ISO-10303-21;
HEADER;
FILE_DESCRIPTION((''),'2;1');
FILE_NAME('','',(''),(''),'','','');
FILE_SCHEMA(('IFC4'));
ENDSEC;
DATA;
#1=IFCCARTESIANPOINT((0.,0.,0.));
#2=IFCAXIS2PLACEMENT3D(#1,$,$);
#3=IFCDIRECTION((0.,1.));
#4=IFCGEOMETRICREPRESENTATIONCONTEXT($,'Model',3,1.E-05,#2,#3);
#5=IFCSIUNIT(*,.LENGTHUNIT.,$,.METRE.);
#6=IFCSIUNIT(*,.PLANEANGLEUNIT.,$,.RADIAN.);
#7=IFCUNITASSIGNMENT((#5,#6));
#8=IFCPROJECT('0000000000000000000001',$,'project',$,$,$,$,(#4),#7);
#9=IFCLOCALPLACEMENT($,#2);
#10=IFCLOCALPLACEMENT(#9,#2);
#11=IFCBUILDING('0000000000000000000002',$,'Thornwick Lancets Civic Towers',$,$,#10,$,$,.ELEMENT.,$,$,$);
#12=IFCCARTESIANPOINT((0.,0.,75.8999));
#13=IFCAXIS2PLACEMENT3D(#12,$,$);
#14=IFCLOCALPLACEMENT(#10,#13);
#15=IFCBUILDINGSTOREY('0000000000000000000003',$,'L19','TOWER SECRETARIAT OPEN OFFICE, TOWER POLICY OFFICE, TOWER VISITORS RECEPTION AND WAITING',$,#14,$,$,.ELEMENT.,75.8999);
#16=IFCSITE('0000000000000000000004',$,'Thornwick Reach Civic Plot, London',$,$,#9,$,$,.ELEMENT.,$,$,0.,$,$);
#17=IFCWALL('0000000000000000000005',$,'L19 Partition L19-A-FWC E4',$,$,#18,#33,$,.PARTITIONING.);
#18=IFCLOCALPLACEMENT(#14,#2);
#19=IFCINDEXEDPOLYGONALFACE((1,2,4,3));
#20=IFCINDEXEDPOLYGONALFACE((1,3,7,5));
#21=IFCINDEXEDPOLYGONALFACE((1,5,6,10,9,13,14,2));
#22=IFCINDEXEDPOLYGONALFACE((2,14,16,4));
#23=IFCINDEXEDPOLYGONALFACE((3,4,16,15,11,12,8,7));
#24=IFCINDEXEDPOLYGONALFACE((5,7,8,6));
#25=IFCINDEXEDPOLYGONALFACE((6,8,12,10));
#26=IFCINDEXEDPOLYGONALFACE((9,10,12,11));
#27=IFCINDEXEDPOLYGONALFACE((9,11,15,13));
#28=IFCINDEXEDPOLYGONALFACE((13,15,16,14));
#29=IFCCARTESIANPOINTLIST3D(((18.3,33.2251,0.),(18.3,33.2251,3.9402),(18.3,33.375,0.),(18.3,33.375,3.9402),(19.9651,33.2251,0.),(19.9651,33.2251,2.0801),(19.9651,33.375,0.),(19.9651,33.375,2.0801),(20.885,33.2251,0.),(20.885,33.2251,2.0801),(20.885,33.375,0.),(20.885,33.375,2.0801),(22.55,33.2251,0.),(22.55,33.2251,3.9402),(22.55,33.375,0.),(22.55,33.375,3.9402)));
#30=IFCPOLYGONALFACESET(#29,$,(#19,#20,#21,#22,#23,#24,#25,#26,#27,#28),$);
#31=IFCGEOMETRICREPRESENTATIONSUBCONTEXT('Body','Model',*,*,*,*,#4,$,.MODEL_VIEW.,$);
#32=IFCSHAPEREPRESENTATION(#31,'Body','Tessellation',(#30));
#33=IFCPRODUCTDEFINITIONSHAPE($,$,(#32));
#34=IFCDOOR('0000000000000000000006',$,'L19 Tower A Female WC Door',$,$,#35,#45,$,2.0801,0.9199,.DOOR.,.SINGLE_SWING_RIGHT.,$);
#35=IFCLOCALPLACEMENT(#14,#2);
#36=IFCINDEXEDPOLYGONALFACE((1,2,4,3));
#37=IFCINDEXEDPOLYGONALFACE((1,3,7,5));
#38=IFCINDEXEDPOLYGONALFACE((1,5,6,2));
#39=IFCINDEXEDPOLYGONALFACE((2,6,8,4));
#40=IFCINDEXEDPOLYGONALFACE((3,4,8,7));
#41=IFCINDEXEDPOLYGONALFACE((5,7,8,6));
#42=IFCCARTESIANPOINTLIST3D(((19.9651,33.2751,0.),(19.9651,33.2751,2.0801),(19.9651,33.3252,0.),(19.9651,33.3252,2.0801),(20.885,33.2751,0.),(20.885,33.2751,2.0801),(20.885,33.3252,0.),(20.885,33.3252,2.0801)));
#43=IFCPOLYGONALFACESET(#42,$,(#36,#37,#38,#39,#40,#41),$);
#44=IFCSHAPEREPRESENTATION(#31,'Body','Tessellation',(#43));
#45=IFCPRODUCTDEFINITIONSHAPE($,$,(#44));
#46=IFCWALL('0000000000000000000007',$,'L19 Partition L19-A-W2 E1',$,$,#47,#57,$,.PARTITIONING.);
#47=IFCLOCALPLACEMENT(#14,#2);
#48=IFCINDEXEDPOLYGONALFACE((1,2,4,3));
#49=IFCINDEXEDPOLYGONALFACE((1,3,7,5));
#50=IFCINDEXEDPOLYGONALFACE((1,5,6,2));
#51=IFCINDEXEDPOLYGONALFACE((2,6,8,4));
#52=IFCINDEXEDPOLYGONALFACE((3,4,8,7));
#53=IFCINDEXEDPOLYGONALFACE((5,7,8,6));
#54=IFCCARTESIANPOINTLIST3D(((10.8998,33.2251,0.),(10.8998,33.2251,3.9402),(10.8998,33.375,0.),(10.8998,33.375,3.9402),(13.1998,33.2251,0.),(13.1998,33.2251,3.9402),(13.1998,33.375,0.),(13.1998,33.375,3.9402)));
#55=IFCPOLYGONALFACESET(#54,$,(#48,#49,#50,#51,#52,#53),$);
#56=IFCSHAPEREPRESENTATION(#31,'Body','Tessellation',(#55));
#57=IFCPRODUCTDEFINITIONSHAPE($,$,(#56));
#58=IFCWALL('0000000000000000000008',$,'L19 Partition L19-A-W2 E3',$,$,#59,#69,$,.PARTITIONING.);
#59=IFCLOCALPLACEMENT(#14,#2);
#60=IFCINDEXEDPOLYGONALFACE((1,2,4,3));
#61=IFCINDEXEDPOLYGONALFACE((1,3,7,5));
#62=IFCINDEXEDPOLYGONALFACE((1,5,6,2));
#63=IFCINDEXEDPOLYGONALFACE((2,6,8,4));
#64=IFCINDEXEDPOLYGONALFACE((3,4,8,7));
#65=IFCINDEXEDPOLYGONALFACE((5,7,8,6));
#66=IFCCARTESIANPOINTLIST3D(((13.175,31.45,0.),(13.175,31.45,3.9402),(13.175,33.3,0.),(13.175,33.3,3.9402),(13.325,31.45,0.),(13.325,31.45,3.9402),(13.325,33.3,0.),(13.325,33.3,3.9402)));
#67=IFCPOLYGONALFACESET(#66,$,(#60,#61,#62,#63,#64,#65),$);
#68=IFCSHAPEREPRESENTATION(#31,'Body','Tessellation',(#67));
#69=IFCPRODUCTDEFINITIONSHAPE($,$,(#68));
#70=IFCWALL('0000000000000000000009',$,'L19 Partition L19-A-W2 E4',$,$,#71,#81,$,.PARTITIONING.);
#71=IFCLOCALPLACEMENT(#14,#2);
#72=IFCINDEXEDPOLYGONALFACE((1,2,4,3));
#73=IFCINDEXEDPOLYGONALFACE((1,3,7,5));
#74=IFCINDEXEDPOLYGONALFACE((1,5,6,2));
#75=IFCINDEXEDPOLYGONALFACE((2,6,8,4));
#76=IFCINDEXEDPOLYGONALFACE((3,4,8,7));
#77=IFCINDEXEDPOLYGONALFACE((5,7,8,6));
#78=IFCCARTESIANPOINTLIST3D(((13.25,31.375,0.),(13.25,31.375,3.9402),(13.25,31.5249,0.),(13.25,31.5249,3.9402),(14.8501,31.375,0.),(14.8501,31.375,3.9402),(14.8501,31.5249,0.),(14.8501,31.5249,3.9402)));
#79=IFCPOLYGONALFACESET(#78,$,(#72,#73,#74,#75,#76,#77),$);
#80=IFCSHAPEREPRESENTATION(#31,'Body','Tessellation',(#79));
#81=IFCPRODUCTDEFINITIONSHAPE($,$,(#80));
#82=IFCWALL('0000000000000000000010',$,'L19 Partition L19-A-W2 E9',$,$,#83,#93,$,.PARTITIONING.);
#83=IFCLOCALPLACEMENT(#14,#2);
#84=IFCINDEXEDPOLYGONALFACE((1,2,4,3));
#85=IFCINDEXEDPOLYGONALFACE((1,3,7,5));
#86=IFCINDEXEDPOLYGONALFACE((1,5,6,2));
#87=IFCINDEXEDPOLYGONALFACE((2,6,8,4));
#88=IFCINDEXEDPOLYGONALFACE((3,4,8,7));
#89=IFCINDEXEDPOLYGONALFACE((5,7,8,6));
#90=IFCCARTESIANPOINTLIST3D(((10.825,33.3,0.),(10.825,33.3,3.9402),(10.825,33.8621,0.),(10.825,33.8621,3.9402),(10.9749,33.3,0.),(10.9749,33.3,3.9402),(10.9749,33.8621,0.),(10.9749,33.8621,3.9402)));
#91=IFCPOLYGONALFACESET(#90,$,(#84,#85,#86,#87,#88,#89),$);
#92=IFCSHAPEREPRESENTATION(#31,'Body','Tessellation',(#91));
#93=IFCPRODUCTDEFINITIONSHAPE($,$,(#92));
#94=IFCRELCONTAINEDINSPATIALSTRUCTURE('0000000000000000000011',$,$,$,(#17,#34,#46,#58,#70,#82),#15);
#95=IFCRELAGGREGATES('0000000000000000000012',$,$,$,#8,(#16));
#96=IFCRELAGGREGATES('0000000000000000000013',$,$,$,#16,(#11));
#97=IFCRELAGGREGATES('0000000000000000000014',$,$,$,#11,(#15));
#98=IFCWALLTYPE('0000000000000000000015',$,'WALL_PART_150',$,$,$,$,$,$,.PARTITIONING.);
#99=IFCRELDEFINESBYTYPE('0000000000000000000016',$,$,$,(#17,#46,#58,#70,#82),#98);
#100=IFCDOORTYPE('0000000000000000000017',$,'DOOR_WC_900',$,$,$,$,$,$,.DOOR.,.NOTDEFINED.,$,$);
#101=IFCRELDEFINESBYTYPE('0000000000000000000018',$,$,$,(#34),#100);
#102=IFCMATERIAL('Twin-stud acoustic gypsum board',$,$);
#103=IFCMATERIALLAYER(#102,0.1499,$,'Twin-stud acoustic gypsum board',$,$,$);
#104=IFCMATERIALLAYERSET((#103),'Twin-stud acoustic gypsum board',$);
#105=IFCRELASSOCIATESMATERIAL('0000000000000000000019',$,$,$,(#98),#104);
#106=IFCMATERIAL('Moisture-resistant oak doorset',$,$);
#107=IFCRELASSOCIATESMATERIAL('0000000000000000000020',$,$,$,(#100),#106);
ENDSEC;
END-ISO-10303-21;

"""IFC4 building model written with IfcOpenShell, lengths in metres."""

from ifc_helpers import new_model, si_unit, direction, frame, frame_2d, origin, place, context, subcontext, project, spatial, rectangle, extrude, material, layer, layer_set, type_object, element, fill, save


model = new_model("IFC4")

# Units and contexts
model_context = context("Model", 3, precision=1e-05, world=origin(), true_north=direction((0.0, 1.0)))
body_context = subcontext(model_context, "Body", "Model", "MODEL_VIEW")
ifc_project = project(units=[si_unit("LENGTHUNIT", "METRE"), si_unit("PLANEANGLEUNIT", "RADIAN")], contexts=[model_context])

# Site, building, storey
site_placement = place(None, origin())
site = spatial("IfcSite", under=ifc_project, at=site_placement, Name="Thornwick Reach Civic Plot, London", CompositionType="ELEMENT", RefElevation=0.0)
building_placement = place(site_placement, origin())
building = spatial("IfcBuilding", under=site, at=building_placement, Name="Thornwick Lancets Civic Towers", CompositionType="ELEMENT")
storey_placement = place(building_placement, frame((0.0, 0.0, 75.8999)))
storey = spatial("IfcBuildingStorey", under=building, at=storey_placement, Name="L19", Description="TOWER SECRETARIAT OPEN OFFICE, TOWER POLICY OFFICE, TOWER VISITORS RECEPTION AND WAITING", CompositionType="ELEMENT", Elevation=75.8999)

# Shared definitions
ifc_material_1 = material(Name="Twin-stud acoustic gypsum board")
ifc_layer_1 = layer(ifc_material_1, 0.1499, Name="Twin-stud acoustic gypsum board")
ifc_layer_set_1 = layer_set([ifc_layer_1], Name="Twin-stud acoustic gypsum board")
wall_type_1 = type_object("IfcWallType", Name="WALL_PART_150", PredefinedType="PARTITIONING", material=ifc_layer_set_1)

# Wall, opening, door
wall_1_placement = place(storey_placement, frame((22.55, 33.3, 0.0), z_axis=(0.0, 0.0, 1.0), x_axis=(-1.0, 0.0, 0.0)))
wall_1 = element("IfcWall", 1, at=wall_1_placement, inside=storey, type_object=wall_type_1, Name="L19 Partition L19-A-FWC E4", PredefinedType="PARTITIONING", context=body_context, shape_type="SweptSolid", body=[
    extrude(rectangle(XDim=4.25, YDim=0.1499, at=frame_2d((2.125, 0.0))), origin(), (0.0, 0.0, 1.0), 3.9402),
])
opening_1_placement = place(wall_1_placement, frame((1.665, 0.0, 0.0)))
opening_1 = element("IfcOpeningElement", 2, at=opening_1_placement, cuts=wall_1, PredefinedType="OPENING", context=body_context, shape_type="SweptSolid", body=[
    extrude(rectangle(XDim=0.9199, YDim=2.0801, at=frame_2d((0.46, 1.04))), frame((0.0, 0.085, 0.0), z_axis=(0.0, -1.0, 0.0), x_axis=(1.0, 0.0, 0.0)), (0.0, 0.0, 1.0), 0.1699),
])
ifc_material_2 = material(Name="Moisture-resistant oak doorset")
door_type_1 = type_object("IfcDoorType", Name="DOOR_WC_900", OperationType="NOTDEFINED", PredefinedType="DOOR", material=ifc_material_2)
door_1_placement = place(opening_1_placement, origin())
door_1 = element("IfcDoor", 3, at=door_1_placement, inside=storey, type_object=door_type_1, Name="L19 Tower A Female WC Door", OperationType="SINGLE_SWING_RIGHT", OverallHeight=2.0801, OverallWidth=0.9199, PredefinedType="DOOR", context=body_context, shape_type="SweptSolid", body=[
    extrude(rectangle(XDim=0.9199, YDim=2.0801, at=frame_2d((0.46, 1.04))), frame((0.0, 0.0249, 0.0), z_axis=(0.0, -1.0, 0.0), x_axis=(1.0, 0.0, 0.0)), (0.0, 0.0, 1.0), 0.05),
])
fill(opening_1, door_1)

# Walls
wall_2_placement = place(storey_placement, frame((10.8999, 33.3, 0.0), z_axis=(0.0, 0.0, 1.0), x_axis=(1.0, 0.0, 0.0)))
element("IfcWall", 4, at=wall_2_placement, inside=storey, type_object=wall_type_1, Name="L19 Partition L19-A-W2 E1", PredefinedType="PARTITIONING", context=body_context, shape_type="SweptSolid", body=[
    extrude(rectangle(XDim=2.3, YDim=0.1499, at=frame_2d((1.1499, 0.0))), origin(), (0.0, 0.0, 1.0), 3.9402),
])
wall_3_placement = place(storey_placement, frame((13.25, 33.3, 0.0), z_axis=(0.0, 0.0, 1.0), x_axis=(0.0, -1.0, 0.0)))
element("IfcWall", 5, at=wall_3_placement, inside=storey, type_object=wall_type_1, Name="L19 Partition L19-A-W2 E3", PredefinedType="PARTITIONING", context=body_context, shape_type="SweptSolid", body=[
    extrude(rectangle(XDim=1.8501, YDim=0.1499, at=frame_2d((0.925, 0.0))), origin(), (0.0, 0.0, 1.0), 3.9402),
])
wall_4_placement = place(storey_placement, frame((13.25, 31.45, 0.0), z_axis=(0.0, 0.0, 1.0), x_axis=(1.0, 0.0, 0.0)))
element("IfcWall", 6, at=wall_4_placement, inside=storey, type_object=wall_type_1, Name="L19 Partition L19-A-W2 E4", PredefinedType="PARTITIONING", context=body_context, shape_type="SweptSolid", body=[
    extrude(rectangle(XDim=1.6001, YDim=0.1499, at=frame_2d((0.8, 0.0))), origin(), (0.0, 0.0, 1.0), 3.9402),
])

# Wall
wall_5_placement = place(storey_placement, frame((10.8999, 33.8621, 0.0), z_axis=(0.0, 0.0, 1.0), x_axis=(0.0, -1.0, 0.0)))
element("IfcWall", 7, at=wall_5_placement, inside=storey, type_object=wall_type_1, Name="L19 Partition L19-A-W2 E9", PredefinedType="PARTITIONING", context=body_context, shape_type="SweptSolid", body=[
    extrude(rectangle(XDim=0.562, YDim=0.1499, at=frame_2d((0.281, 0.0))), origin(), (0.0, 0.0, 1.0), 3.9402),
])

save(model, "model.ifc")
